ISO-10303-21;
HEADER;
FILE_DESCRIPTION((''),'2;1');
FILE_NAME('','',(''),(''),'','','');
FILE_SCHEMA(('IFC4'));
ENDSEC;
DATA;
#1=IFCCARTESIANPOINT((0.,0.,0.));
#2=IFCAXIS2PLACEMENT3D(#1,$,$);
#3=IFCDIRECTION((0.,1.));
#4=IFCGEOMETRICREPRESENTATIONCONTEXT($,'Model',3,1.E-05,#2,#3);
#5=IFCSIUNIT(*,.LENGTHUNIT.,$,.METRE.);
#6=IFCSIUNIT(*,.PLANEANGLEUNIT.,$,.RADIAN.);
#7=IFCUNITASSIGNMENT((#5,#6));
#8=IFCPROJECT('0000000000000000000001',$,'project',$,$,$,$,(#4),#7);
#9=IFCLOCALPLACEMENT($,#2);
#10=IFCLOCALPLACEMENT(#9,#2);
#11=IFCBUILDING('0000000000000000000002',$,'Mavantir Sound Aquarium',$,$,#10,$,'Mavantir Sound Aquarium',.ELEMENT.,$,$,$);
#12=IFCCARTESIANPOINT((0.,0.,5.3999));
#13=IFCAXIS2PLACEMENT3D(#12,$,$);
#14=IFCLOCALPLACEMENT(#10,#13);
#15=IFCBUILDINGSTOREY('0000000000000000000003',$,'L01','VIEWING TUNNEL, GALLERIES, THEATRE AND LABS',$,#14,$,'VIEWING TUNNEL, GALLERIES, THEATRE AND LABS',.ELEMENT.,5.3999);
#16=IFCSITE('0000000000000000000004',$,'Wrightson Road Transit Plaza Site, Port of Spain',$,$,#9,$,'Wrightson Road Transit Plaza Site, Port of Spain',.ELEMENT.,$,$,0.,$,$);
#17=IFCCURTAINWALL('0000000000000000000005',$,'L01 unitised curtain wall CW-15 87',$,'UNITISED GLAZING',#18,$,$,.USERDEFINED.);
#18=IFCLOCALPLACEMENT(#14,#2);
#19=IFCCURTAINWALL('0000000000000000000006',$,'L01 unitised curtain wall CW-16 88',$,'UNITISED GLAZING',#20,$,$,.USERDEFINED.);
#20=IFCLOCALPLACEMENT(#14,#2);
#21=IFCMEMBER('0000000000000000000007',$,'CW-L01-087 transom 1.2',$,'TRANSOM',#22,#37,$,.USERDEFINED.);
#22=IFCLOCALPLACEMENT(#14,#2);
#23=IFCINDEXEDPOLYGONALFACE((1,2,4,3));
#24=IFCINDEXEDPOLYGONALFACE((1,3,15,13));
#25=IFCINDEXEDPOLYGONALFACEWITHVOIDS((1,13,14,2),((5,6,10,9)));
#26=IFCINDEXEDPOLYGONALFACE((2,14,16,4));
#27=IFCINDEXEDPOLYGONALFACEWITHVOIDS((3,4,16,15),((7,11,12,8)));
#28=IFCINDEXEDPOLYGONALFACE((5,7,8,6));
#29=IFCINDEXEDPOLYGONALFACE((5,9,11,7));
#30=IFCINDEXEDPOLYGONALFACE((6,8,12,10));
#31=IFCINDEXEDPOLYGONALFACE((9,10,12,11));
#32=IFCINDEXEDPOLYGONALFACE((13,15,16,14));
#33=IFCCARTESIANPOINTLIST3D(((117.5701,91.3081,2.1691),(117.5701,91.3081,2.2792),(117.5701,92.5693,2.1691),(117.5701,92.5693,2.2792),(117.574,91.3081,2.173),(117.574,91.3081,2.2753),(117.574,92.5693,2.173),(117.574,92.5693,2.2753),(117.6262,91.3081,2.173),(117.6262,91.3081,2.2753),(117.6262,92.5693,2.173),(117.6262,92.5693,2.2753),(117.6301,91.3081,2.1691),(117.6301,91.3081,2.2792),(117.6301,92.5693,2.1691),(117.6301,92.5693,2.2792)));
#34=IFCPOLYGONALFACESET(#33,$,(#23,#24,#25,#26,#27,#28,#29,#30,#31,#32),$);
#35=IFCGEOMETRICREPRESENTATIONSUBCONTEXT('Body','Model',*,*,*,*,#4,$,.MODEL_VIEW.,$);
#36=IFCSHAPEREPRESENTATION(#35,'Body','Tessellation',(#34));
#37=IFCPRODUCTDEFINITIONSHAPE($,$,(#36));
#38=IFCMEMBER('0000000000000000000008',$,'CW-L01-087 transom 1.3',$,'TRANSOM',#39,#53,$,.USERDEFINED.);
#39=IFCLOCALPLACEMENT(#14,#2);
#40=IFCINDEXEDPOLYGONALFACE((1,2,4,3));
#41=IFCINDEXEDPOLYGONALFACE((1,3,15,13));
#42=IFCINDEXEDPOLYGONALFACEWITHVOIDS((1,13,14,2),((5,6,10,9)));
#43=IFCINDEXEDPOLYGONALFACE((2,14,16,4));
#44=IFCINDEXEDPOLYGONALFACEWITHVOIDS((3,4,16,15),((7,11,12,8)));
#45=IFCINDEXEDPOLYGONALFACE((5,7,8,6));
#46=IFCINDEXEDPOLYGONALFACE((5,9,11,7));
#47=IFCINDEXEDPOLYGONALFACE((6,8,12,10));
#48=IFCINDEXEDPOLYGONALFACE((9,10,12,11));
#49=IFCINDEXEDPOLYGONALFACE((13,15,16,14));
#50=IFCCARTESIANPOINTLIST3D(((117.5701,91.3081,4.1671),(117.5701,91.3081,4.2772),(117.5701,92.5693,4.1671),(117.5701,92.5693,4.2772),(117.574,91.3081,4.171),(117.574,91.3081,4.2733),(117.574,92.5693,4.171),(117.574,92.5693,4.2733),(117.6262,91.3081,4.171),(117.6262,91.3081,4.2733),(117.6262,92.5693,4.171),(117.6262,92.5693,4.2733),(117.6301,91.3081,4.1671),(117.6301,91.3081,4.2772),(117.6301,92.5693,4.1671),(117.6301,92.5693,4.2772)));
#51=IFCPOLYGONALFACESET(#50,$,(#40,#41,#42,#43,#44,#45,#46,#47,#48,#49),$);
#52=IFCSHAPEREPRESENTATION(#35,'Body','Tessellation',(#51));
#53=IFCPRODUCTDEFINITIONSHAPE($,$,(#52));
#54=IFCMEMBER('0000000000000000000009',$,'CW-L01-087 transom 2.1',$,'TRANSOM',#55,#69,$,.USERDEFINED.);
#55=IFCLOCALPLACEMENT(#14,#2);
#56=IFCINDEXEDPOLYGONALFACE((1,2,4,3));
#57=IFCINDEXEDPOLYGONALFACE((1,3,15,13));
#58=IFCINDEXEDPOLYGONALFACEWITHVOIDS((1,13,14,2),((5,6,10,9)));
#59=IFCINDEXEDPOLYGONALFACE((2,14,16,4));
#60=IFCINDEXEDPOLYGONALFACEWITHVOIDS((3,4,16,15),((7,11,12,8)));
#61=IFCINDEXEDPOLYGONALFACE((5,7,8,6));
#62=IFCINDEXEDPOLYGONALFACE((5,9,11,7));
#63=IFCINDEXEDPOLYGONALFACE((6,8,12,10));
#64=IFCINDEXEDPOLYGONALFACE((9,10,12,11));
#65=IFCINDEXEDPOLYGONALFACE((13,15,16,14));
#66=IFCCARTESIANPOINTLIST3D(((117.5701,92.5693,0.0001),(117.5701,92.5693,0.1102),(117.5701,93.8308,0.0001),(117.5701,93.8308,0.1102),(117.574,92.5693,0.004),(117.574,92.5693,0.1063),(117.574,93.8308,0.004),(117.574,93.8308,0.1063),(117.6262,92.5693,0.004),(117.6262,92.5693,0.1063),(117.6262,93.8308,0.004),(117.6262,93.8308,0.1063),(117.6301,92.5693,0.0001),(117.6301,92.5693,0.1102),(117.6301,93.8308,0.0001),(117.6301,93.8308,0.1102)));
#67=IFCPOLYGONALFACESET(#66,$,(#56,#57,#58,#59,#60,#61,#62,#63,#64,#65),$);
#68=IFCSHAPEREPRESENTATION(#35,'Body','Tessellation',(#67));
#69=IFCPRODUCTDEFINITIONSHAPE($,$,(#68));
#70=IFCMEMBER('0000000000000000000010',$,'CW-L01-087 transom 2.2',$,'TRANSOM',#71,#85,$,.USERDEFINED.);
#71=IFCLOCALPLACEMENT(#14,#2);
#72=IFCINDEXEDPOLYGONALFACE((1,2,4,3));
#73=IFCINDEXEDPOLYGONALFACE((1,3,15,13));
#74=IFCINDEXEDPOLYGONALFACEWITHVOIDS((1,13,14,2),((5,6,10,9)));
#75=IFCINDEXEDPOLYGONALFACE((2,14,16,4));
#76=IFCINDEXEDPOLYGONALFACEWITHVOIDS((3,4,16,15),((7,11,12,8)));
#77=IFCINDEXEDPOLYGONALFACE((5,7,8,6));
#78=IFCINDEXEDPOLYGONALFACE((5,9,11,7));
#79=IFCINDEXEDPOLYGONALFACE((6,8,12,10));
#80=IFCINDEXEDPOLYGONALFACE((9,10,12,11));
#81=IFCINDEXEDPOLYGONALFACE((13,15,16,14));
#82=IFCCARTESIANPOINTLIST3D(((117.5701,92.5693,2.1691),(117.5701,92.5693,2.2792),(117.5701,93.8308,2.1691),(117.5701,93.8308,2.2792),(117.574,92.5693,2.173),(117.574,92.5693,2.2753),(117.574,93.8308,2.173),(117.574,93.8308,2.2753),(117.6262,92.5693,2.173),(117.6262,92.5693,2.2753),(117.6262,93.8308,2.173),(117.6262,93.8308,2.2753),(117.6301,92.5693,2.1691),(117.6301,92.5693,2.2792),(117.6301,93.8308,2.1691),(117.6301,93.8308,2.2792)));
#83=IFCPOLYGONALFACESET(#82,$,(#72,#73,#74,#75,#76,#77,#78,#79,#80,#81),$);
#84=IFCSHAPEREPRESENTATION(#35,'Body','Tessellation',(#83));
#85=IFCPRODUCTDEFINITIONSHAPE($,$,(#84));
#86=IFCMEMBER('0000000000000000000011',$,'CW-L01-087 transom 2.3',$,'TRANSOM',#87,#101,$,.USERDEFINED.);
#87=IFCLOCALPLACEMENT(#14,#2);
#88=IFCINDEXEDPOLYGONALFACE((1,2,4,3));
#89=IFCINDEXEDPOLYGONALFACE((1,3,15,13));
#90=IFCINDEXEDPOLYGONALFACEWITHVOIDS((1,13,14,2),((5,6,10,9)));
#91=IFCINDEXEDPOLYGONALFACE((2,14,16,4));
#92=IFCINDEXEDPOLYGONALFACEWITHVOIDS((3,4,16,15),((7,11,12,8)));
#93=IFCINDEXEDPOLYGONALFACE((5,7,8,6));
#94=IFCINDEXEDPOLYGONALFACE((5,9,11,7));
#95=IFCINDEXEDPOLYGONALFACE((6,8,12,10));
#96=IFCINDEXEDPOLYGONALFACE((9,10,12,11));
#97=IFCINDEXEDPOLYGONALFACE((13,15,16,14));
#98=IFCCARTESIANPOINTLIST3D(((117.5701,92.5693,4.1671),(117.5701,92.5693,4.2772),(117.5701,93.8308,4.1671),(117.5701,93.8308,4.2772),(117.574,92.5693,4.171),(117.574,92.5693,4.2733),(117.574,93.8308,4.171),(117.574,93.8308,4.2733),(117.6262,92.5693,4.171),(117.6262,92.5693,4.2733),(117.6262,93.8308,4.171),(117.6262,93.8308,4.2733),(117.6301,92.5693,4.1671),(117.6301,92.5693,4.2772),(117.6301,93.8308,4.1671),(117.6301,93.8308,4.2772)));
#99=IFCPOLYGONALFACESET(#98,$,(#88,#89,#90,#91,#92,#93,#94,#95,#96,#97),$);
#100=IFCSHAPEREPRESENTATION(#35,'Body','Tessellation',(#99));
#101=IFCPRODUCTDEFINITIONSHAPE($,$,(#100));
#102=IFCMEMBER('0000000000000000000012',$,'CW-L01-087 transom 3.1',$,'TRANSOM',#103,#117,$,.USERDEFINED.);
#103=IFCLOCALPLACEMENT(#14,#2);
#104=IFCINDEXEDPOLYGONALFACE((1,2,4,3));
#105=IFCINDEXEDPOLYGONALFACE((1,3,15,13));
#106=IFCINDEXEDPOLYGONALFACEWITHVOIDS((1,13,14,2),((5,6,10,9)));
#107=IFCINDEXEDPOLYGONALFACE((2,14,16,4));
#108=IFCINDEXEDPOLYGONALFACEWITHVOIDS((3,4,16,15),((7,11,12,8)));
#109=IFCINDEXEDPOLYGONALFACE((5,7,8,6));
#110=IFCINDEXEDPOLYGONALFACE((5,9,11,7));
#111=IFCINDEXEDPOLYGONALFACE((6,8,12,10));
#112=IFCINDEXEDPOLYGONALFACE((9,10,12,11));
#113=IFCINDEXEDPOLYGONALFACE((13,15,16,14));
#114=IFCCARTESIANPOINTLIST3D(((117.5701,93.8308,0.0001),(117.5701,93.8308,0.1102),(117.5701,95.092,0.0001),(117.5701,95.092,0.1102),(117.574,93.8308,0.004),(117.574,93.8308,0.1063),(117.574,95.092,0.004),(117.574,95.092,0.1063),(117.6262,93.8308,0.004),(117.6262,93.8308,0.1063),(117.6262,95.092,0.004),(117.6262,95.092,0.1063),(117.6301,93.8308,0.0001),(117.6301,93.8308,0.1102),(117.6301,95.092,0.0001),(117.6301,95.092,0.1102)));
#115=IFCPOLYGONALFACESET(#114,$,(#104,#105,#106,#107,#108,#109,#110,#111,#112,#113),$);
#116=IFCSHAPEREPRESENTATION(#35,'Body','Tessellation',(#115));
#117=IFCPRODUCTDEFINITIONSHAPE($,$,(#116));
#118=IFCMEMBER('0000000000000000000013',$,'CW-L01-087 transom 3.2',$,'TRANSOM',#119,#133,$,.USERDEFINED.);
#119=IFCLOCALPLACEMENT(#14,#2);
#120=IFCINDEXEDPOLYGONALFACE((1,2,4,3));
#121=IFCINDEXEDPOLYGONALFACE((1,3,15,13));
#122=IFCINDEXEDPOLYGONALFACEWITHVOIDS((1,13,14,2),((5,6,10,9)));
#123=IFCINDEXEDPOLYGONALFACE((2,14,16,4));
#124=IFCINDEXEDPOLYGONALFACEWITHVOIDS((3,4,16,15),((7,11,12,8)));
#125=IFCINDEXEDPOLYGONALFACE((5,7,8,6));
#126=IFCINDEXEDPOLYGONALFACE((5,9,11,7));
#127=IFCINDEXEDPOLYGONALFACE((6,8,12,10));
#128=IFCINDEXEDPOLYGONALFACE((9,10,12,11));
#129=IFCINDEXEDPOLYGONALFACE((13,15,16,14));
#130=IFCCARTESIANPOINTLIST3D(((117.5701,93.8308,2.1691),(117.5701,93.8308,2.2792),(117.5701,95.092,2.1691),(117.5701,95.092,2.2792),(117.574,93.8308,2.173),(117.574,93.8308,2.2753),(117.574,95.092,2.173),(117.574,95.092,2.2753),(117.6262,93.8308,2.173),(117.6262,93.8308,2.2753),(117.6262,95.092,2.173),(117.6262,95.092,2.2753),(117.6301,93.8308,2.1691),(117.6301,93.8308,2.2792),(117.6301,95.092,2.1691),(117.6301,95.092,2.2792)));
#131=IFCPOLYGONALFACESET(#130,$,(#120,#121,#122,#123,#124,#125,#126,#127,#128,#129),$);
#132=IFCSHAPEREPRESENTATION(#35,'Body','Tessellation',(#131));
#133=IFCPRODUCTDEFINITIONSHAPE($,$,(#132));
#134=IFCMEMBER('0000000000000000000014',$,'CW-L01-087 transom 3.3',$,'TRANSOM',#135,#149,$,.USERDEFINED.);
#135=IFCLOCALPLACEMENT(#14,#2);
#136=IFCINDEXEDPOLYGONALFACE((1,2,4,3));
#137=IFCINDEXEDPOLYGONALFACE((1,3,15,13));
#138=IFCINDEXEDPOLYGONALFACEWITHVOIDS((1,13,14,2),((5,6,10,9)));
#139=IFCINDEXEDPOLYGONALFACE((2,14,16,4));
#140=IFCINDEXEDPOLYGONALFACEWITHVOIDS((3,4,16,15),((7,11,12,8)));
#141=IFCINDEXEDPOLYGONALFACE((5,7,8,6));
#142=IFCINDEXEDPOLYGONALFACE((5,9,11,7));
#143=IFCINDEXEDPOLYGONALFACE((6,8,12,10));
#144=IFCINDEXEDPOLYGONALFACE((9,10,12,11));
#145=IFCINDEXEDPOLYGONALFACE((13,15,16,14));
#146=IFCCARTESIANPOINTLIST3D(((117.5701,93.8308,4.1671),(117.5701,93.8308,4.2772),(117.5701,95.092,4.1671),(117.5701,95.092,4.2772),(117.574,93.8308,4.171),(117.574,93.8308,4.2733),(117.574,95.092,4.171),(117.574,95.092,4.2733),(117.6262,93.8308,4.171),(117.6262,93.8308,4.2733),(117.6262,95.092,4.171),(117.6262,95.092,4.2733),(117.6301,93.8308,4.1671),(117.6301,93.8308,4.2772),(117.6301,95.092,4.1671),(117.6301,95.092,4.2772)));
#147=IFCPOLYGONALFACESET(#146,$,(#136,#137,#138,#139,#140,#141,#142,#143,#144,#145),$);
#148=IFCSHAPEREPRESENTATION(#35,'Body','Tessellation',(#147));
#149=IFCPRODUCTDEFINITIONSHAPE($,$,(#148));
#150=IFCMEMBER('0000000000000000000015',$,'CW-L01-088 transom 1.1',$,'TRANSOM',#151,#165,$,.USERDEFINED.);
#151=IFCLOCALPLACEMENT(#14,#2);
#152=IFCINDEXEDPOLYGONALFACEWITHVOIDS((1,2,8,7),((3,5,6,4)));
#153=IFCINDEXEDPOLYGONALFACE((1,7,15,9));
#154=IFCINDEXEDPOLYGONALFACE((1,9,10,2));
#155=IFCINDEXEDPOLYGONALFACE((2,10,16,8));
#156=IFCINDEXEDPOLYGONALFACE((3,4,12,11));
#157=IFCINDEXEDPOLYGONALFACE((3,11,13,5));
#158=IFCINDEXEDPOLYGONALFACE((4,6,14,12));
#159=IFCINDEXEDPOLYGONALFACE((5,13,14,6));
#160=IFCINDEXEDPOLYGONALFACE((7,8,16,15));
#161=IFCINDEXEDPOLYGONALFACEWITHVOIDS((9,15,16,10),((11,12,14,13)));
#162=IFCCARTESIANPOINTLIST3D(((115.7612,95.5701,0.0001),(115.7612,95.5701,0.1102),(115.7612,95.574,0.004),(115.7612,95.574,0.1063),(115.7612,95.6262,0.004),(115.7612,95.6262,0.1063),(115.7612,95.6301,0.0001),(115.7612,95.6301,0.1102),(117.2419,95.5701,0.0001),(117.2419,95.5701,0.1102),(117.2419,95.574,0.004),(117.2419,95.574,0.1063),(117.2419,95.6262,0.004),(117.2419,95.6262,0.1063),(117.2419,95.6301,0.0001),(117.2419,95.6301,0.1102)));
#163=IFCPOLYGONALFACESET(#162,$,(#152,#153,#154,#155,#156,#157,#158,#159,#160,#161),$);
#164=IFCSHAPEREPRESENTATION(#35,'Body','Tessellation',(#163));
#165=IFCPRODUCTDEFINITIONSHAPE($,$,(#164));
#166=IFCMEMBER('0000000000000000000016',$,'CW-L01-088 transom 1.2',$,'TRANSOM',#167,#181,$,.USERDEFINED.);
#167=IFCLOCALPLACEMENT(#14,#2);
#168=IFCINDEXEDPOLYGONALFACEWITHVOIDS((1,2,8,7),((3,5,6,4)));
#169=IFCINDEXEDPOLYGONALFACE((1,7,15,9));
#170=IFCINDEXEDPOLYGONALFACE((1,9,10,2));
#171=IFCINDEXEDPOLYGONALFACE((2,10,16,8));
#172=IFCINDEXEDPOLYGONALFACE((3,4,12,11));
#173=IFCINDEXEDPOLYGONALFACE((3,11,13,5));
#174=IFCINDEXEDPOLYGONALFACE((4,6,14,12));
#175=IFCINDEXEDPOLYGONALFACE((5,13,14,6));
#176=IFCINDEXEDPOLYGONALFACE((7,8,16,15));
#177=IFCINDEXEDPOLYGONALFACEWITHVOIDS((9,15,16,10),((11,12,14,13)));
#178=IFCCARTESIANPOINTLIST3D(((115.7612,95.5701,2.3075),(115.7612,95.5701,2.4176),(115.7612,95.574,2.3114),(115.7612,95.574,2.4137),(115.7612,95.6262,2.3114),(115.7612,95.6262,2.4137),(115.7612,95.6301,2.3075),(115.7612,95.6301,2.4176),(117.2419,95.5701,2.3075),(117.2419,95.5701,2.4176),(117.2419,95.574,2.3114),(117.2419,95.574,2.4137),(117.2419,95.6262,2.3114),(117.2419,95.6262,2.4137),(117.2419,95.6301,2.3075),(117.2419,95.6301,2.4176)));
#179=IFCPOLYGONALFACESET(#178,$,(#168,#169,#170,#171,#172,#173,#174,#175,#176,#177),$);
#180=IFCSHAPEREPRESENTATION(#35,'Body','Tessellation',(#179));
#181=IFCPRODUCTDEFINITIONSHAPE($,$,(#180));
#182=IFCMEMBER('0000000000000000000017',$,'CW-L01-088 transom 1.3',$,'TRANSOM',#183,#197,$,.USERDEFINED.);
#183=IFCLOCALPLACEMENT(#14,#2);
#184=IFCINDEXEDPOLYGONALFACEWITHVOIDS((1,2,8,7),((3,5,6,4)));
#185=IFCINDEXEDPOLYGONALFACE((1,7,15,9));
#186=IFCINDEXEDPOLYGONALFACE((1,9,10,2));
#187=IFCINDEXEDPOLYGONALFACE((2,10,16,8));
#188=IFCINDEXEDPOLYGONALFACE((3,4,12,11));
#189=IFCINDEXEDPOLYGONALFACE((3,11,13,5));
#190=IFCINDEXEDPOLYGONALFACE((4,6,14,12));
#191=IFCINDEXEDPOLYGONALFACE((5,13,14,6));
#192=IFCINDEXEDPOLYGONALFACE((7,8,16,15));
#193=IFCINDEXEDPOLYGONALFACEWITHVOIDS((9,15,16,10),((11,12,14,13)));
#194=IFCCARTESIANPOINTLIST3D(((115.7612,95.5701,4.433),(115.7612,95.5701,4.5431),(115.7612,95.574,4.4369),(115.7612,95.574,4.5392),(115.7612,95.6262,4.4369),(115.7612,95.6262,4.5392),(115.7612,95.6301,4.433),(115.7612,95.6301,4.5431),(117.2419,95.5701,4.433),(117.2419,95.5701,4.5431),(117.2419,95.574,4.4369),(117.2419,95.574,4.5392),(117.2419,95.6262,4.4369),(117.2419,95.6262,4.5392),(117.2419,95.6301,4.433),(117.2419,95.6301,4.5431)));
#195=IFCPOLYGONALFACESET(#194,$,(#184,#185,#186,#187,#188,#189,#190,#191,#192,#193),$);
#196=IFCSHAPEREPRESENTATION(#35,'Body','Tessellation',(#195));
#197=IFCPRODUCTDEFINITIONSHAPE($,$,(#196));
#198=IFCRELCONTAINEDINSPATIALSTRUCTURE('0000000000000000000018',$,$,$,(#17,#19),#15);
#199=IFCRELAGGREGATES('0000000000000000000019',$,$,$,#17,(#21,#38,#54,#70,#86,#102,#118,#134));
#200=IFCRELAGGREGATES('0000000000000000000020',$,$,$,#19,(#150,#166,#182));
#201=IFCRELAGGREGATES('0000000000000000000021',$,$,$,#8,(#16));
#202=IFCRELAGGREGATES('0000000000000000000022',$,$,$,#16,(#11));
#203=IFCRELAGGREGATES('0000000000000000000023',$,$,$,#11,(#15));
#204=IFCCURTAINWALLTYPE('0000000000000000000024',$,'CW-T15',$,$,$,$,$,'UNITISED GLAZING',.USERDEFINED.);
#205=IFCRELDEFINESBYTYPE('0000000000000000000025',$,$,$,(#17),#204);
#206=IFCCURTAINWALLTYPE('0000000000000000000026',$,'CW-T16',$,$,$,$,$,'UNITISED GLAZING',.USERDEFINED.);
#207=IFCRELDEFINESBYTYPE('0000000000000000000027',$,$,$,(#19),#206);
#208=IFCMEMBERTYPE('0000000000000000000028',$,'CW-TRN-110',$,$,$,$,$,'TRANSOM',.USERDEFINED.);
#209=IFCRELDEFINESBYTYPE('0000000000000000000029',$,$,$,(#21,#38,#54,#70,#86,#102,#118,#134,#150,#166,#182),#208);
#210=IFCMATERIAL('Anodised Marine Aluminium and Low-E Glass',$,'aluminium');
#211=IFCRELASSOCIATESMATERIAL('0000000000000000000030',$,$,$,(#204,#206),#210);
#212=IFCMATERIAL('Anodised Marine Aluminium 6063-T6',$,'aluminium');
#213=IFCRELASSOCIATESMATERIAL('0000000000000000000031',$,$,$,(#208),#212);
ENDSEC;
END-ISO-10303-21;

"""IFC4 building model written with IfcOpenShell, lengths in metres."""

from ifc_helpers import new_model, si_unit, direction, frame, origin, origin_2d, place, context, subcontext, project, spatial, hollow_rectangle, extrude, material, material_profile, profile_set, type_object, element, aggregate, save


model = new_model("IFC4")

# Units and contexts
model_context = context("Model", 3, precision=1e-05, world=origin(), true_north=direction((0.0, 1.0)))
body_context = subcontext(model_context, "Body", "Model", "MODEL_VIEW")
ifc_project = project(units=[si_unit("LENGTHUNIT", "METRE"), si_unit("PLANEANGLEUNIT", "RADIAN")], contexts=[model_context])

# Site, building, storey
site_placement = place(None, origin())
site = spatial("IfcSite", under=ifc_project, at=site_placement, Name="Wrightson Road Transit Plaza Site, Port of Spain", LongName="Wrightson Road Transit Plaza Site, Port of Spain", CompositionType="ELEMENT", RefElevation=0.0)
building_placement = place(site_placement, origin())
building = spatial("IfcBuilding", under=site, at=building_placement, Name="Mavantir Sound Aquarium", LongName="Mavantir Sound Aquarium", CompositionType="ELEMENT")
storey_placement = place(building_placement, frame((0.0, 0.0, 5.3999)))
storey = spatial("IfcBuildingStorey", under=building, at=storey_placement, Name="L01", Description="VIEWING TUNNEL, GALLERIES, THEATRE AND LABS", LongName="VIEWING TUNNEL, GALLERIES, THEATRE AND LABS", CompositionType="ELEMENT", Elevation=5.3999)

# Curtain wall
ifc_material_1 = material(Name="Anodised Marine Aluminium and Low-E Glass", Category="aluminium")
curtain_wall_type_1 = type_object("IfcCurtainWallType", Name="CW-T15", ElementType="UNITISED GLAZING", PredefinedType="USERDEFINED", material=ifc_material_1)
curtain_wall_1_placement = place(storey_placement, origin())
curtain_wall_1 = element("IfcCurtainWall", 1, at=curtain_wall_1_placement, inside=storey, type_object=curtain_wall_type_1, Name="L01 unitised curtain wall CW-15 87", ObjectType="UNITISED GLAZING", PredefinedType="USERDEFINED")
ifc_material_2 = material(Name="Anodised Marine Aluminium 6063-T6", Category="aluminium")

# Curtain wall
curtain_wall_type_2 = type_object("IfcCurtainWallType", Name="CW-T16", ElementType="UNITISED GLAZING", PredefinedType="USERDEFINED", material=ifc_material_1)
curtain_wall_2_placement = place(storey_placement, origin())
curtain_wall_2 = element("IfcCurtainWall", 2, at=curtain_wall_2_placement, inside=storey, type_object=curtain_wall_type_2, Name="L01 unitised curtain wall CW-16 88", ObjectType="UNITISED GLAZING", PredefinedType="USERDEFINED")

# Members
ifc_material_profile_1 = material_profile(ifc_material_2, hollow_rectangle(XDim=0.0601, YDim=0.1101, WallThickness=0.0039, at=origin_2d()), Name="ALU-TRANSOM-110X60")
ifc_profile_set_1 = profile_set([ifc_material_profile_1], Name="Anodised Marine Aluminium 6063-T6")
member_type_1 = type_object("IfcMemberType", Name="CW-TRN-110", ElementType="TRANSOM", PredefinedType="USERDEFINED", material=ifc_profile_set_1)
member_1_placement = place(storey_placement, frame((117.6001, 91.3081, 2.2241), z_axis=(0.0, 1.0, 0.0), x_axis=(-1.0, 0.0, 0.0)))
member_1 = element("IfcMember", 3, at=member_1_placement, type_object=member_type_1, Name="CW-L01-087 transom 1.2", ObjectType="TRANSOM", PredefinedType="USERDEFINED", context=body_context, shape_type="SweptSolid", body=[
    extrude(hollow_rectangle(XDim=0.0601, YDim=0.1101, WallThickness=0.0039, at=origin_2d()), origin(), (0.0, 0.0, 1.0), 1.2612),
])
member_2_placement = place(storey_placement, frame((117.6001, 91.3081, 4.2222), z_axis=(0.0, 1.0, 0.0), x_axis=(-1.0, 0.0, 0.0)))
member_2 = element("IfcMember", 4, at=member_2_placement, type_object=member_type_1, Name="CW-L01-087 transom 1.3", ObjectType="TRANSOM", PredefinedType="USERDEFINED", context=body_context, shape_type="SweptSolid", body=[
    extrude(hollow_rectangle(XDim=0.0601, YDim=0.1101, WallThickness=0.0039, at=origin_2d()), origin(), (0.0, 0.0, 1.0), 1.2612),
])
member_3_placement = place(storey_placement, frame((117.6001, 92.5693, 0.0552), z_axis=(0.0, 1.0, 0.0), x_axis=(-1.0, 0.0, 0.0)))
member_3 = element("IfcMember", 5, at=member_3_placement, type_object=member_type_1, Name="CW-L01-087 transom 2.1", ObjectType="TRANSOM", PredefinedType="USERDEFINED", context=body_context, shape_type="SweptSolid", body=[
    extrude(hollow_rectangle(XDim=0.0601, YDim=0.1101, WallThickness=0.0039, at=origin_2d()), origin(), (0.0, 0.0, 1.0), 1.2615),
])
member_4_placement = place(storey_placement, frame((117.6001, 92.5693, 2.2241), z_axis=(0.0, 1.0, 0.0), x_axis=(-1.0, 0.0, 0.0)))
member_4 = element("IfcMember", 6, at=member_4_placement, type_object=member_type_1, Name="CW-L01-087 transom 2.2", ObjectType="TRANSOM", PredefinedType="USERDEFINED", context=body_context, shape_type="SweptSolid", body=[
    extrude(hollow_rectangle(XDim=0.0601, YDim=0.1101, WallThickness=0.0039, at=origin_2d()), origin(), (0.0, 0.0, 1.0), 1.2615),
])
member_5_placement = place(storey_placement, frame((117.6001, 92.5693, 4.2222), z_axis=(0.0, 1.0, 0.0), x_axis=(-1.0, 0.0, 0.0)))
member_5 = element("IfcMember", 7, at=member_5_placement, type_object=member_type_1, Name="CW-L01-087 transom 2.3", ObjectType="TRANSOM", PredefinedType="USERDEFINED", context=body_context, shape_type="SweptSolid", body=[
    extrude(hollow_rectangle(XDim=0.0601, YDim=0.1101, WallThickness=0.0039, at=origin_2d()), origin(), (0.0, 0.0, 1.0), 1.2615),
])
member_6_placement = place(storey_placement, frame((117.6001, 93.8308, 0.0552), z_axis=(0.0, 1.0, 0.0), x_axis=(-1.0, 0.0, 0.0)))
member_6 = element("IfcMember", 8, at=member_6_placement, type_object=member_type_1, Name="CW-L01-087 transom 3.1", ObjectType="TRANSOM", PredefinedType="USERDEFINED", context=body_context, shape_type="SweptSolid", body=[
    extrude(hollow_rectangle(XDim=0.0601, YDim=0.1101, WallThickness=0.0039, at=origin_2d()), origin(), (0.0, 0.0, 1.0), 1.2612),
])
member_7_placement = place(storey_placement, frame((117.6001, 93.8308, 2.2241), z_axis=(0.0, 1.0, 0.0), x_axis=(-1.0, 0.0, 0.0)))
member_7 = element("IfcMember", 9, at=member_7_placement, type_object=member_type_1, Name="CW-L01-087 transom 3.2", ObjectType="TRANSOM", PredefinedType="USERDEFINED", context=body_context, shape_type="SweptSolid", body=[
    extrude(hollow_rectangle(XDim=0.0601, YDim=0.1101, WallThickness=0.0039, at=origin_2d()), origin(), (0.0, 0.0, 1.0), 1.2612),
])
member_8_placement = place(storey_placement, frame((117.6001, 93.8308, 4.2222), z_axis=(0.0, 1.0, 0.0), x_axis=(-1.0, 0.0, 0.0)))
member_8 = element("IfcMember", 10, at=member_8_placement, type_object=member_type_1, Name="CW-L01-087 transom 3.3", ObjectType="TRANSOM", PredefinedType="USERDEFINED", context=body_context, shape_type="SweptSolid", body=[
    extrude(hollow_rectangle(XDim=0.0601, YDim=0.1101, WallThickness=0.0039, at=origin_2d()), origin(), (0.0, 0.0, 1.0), 1.2612),
])
member_9_placement = place(storey_placement, frame((117.2419, 95.6001, 0.0552), z_axis=(-1.0, 0.0, 0.0), x_axis=(0.0, -1.0, 0.0)))
member_9 = element("IfcMember", 11, at=member_9_placement, type_object=member_type_1, Name="CW-L01-088 transom 1.1", ObjectType="TRANSOM", PredefinedType="USERDEFINED", context=body_context, shape_type="SweptSolid", body=[
    extrude(hollow_rectangle(XDim=0.0601, YDim=0.1101, WallThickness=0.0039, at=origin_2d()), origin(), (0.0, 0.0, 1.0), 1.4807),
])
member_10_placement = place(storey_placement, frame((117.2419, 95.6001, 2.3625), z_axis=(-1.0, 0.0, 0.0), x_axis=(0.0, -1.0, 0.0)))
member_10 = element("IfcMember", 12, at=member_10_placement, type_object=member_type_1, Name="CW-L01-088 transom 1.2", ObjectType="TRANSOM", PredefinedType="USERDEFINED", context=body_context, shape_type="SweptSolid", body=[
    extrude(hollow_rectangle(XDim=0.0601, YDim=0.1101, WallThickness=0.0039, at=origin_2d()), origin(), (0.0, 0.0, 1.0), 1.4807),
])
member_11_placement = place(storey_placement, frame((117.2419, 95.6001, 4.488), z_axis=(-1.0, 0.0, 0.0), x_axis=(0.0, -1.0, 0.0)))
member_11 = element("IfcMember", 13, at=member_11_placement, type_object=member_type_1, Name="CW-L01-088 transom 1.3", ObjectType="TRANSOM", PredefinedType="USERDEFINED", context=body_context, shape_type="SweptSolid", body=[
    extrude(hollow_rectangle(XDim=0.0601, YDim=0.1101, WallThickness=0.0039, at=origin_2d()), origin(), (0.0, 0.0, 1.0), 1.4807),
])

aggregate(curtain_wall_1, [member_1, member_2, member_3, member_4, member_5, member_6, member_7, member_8])
aggregate(curtain_wall_2, [member_9, member_10, member_11])

save(model, "model.ifc")
